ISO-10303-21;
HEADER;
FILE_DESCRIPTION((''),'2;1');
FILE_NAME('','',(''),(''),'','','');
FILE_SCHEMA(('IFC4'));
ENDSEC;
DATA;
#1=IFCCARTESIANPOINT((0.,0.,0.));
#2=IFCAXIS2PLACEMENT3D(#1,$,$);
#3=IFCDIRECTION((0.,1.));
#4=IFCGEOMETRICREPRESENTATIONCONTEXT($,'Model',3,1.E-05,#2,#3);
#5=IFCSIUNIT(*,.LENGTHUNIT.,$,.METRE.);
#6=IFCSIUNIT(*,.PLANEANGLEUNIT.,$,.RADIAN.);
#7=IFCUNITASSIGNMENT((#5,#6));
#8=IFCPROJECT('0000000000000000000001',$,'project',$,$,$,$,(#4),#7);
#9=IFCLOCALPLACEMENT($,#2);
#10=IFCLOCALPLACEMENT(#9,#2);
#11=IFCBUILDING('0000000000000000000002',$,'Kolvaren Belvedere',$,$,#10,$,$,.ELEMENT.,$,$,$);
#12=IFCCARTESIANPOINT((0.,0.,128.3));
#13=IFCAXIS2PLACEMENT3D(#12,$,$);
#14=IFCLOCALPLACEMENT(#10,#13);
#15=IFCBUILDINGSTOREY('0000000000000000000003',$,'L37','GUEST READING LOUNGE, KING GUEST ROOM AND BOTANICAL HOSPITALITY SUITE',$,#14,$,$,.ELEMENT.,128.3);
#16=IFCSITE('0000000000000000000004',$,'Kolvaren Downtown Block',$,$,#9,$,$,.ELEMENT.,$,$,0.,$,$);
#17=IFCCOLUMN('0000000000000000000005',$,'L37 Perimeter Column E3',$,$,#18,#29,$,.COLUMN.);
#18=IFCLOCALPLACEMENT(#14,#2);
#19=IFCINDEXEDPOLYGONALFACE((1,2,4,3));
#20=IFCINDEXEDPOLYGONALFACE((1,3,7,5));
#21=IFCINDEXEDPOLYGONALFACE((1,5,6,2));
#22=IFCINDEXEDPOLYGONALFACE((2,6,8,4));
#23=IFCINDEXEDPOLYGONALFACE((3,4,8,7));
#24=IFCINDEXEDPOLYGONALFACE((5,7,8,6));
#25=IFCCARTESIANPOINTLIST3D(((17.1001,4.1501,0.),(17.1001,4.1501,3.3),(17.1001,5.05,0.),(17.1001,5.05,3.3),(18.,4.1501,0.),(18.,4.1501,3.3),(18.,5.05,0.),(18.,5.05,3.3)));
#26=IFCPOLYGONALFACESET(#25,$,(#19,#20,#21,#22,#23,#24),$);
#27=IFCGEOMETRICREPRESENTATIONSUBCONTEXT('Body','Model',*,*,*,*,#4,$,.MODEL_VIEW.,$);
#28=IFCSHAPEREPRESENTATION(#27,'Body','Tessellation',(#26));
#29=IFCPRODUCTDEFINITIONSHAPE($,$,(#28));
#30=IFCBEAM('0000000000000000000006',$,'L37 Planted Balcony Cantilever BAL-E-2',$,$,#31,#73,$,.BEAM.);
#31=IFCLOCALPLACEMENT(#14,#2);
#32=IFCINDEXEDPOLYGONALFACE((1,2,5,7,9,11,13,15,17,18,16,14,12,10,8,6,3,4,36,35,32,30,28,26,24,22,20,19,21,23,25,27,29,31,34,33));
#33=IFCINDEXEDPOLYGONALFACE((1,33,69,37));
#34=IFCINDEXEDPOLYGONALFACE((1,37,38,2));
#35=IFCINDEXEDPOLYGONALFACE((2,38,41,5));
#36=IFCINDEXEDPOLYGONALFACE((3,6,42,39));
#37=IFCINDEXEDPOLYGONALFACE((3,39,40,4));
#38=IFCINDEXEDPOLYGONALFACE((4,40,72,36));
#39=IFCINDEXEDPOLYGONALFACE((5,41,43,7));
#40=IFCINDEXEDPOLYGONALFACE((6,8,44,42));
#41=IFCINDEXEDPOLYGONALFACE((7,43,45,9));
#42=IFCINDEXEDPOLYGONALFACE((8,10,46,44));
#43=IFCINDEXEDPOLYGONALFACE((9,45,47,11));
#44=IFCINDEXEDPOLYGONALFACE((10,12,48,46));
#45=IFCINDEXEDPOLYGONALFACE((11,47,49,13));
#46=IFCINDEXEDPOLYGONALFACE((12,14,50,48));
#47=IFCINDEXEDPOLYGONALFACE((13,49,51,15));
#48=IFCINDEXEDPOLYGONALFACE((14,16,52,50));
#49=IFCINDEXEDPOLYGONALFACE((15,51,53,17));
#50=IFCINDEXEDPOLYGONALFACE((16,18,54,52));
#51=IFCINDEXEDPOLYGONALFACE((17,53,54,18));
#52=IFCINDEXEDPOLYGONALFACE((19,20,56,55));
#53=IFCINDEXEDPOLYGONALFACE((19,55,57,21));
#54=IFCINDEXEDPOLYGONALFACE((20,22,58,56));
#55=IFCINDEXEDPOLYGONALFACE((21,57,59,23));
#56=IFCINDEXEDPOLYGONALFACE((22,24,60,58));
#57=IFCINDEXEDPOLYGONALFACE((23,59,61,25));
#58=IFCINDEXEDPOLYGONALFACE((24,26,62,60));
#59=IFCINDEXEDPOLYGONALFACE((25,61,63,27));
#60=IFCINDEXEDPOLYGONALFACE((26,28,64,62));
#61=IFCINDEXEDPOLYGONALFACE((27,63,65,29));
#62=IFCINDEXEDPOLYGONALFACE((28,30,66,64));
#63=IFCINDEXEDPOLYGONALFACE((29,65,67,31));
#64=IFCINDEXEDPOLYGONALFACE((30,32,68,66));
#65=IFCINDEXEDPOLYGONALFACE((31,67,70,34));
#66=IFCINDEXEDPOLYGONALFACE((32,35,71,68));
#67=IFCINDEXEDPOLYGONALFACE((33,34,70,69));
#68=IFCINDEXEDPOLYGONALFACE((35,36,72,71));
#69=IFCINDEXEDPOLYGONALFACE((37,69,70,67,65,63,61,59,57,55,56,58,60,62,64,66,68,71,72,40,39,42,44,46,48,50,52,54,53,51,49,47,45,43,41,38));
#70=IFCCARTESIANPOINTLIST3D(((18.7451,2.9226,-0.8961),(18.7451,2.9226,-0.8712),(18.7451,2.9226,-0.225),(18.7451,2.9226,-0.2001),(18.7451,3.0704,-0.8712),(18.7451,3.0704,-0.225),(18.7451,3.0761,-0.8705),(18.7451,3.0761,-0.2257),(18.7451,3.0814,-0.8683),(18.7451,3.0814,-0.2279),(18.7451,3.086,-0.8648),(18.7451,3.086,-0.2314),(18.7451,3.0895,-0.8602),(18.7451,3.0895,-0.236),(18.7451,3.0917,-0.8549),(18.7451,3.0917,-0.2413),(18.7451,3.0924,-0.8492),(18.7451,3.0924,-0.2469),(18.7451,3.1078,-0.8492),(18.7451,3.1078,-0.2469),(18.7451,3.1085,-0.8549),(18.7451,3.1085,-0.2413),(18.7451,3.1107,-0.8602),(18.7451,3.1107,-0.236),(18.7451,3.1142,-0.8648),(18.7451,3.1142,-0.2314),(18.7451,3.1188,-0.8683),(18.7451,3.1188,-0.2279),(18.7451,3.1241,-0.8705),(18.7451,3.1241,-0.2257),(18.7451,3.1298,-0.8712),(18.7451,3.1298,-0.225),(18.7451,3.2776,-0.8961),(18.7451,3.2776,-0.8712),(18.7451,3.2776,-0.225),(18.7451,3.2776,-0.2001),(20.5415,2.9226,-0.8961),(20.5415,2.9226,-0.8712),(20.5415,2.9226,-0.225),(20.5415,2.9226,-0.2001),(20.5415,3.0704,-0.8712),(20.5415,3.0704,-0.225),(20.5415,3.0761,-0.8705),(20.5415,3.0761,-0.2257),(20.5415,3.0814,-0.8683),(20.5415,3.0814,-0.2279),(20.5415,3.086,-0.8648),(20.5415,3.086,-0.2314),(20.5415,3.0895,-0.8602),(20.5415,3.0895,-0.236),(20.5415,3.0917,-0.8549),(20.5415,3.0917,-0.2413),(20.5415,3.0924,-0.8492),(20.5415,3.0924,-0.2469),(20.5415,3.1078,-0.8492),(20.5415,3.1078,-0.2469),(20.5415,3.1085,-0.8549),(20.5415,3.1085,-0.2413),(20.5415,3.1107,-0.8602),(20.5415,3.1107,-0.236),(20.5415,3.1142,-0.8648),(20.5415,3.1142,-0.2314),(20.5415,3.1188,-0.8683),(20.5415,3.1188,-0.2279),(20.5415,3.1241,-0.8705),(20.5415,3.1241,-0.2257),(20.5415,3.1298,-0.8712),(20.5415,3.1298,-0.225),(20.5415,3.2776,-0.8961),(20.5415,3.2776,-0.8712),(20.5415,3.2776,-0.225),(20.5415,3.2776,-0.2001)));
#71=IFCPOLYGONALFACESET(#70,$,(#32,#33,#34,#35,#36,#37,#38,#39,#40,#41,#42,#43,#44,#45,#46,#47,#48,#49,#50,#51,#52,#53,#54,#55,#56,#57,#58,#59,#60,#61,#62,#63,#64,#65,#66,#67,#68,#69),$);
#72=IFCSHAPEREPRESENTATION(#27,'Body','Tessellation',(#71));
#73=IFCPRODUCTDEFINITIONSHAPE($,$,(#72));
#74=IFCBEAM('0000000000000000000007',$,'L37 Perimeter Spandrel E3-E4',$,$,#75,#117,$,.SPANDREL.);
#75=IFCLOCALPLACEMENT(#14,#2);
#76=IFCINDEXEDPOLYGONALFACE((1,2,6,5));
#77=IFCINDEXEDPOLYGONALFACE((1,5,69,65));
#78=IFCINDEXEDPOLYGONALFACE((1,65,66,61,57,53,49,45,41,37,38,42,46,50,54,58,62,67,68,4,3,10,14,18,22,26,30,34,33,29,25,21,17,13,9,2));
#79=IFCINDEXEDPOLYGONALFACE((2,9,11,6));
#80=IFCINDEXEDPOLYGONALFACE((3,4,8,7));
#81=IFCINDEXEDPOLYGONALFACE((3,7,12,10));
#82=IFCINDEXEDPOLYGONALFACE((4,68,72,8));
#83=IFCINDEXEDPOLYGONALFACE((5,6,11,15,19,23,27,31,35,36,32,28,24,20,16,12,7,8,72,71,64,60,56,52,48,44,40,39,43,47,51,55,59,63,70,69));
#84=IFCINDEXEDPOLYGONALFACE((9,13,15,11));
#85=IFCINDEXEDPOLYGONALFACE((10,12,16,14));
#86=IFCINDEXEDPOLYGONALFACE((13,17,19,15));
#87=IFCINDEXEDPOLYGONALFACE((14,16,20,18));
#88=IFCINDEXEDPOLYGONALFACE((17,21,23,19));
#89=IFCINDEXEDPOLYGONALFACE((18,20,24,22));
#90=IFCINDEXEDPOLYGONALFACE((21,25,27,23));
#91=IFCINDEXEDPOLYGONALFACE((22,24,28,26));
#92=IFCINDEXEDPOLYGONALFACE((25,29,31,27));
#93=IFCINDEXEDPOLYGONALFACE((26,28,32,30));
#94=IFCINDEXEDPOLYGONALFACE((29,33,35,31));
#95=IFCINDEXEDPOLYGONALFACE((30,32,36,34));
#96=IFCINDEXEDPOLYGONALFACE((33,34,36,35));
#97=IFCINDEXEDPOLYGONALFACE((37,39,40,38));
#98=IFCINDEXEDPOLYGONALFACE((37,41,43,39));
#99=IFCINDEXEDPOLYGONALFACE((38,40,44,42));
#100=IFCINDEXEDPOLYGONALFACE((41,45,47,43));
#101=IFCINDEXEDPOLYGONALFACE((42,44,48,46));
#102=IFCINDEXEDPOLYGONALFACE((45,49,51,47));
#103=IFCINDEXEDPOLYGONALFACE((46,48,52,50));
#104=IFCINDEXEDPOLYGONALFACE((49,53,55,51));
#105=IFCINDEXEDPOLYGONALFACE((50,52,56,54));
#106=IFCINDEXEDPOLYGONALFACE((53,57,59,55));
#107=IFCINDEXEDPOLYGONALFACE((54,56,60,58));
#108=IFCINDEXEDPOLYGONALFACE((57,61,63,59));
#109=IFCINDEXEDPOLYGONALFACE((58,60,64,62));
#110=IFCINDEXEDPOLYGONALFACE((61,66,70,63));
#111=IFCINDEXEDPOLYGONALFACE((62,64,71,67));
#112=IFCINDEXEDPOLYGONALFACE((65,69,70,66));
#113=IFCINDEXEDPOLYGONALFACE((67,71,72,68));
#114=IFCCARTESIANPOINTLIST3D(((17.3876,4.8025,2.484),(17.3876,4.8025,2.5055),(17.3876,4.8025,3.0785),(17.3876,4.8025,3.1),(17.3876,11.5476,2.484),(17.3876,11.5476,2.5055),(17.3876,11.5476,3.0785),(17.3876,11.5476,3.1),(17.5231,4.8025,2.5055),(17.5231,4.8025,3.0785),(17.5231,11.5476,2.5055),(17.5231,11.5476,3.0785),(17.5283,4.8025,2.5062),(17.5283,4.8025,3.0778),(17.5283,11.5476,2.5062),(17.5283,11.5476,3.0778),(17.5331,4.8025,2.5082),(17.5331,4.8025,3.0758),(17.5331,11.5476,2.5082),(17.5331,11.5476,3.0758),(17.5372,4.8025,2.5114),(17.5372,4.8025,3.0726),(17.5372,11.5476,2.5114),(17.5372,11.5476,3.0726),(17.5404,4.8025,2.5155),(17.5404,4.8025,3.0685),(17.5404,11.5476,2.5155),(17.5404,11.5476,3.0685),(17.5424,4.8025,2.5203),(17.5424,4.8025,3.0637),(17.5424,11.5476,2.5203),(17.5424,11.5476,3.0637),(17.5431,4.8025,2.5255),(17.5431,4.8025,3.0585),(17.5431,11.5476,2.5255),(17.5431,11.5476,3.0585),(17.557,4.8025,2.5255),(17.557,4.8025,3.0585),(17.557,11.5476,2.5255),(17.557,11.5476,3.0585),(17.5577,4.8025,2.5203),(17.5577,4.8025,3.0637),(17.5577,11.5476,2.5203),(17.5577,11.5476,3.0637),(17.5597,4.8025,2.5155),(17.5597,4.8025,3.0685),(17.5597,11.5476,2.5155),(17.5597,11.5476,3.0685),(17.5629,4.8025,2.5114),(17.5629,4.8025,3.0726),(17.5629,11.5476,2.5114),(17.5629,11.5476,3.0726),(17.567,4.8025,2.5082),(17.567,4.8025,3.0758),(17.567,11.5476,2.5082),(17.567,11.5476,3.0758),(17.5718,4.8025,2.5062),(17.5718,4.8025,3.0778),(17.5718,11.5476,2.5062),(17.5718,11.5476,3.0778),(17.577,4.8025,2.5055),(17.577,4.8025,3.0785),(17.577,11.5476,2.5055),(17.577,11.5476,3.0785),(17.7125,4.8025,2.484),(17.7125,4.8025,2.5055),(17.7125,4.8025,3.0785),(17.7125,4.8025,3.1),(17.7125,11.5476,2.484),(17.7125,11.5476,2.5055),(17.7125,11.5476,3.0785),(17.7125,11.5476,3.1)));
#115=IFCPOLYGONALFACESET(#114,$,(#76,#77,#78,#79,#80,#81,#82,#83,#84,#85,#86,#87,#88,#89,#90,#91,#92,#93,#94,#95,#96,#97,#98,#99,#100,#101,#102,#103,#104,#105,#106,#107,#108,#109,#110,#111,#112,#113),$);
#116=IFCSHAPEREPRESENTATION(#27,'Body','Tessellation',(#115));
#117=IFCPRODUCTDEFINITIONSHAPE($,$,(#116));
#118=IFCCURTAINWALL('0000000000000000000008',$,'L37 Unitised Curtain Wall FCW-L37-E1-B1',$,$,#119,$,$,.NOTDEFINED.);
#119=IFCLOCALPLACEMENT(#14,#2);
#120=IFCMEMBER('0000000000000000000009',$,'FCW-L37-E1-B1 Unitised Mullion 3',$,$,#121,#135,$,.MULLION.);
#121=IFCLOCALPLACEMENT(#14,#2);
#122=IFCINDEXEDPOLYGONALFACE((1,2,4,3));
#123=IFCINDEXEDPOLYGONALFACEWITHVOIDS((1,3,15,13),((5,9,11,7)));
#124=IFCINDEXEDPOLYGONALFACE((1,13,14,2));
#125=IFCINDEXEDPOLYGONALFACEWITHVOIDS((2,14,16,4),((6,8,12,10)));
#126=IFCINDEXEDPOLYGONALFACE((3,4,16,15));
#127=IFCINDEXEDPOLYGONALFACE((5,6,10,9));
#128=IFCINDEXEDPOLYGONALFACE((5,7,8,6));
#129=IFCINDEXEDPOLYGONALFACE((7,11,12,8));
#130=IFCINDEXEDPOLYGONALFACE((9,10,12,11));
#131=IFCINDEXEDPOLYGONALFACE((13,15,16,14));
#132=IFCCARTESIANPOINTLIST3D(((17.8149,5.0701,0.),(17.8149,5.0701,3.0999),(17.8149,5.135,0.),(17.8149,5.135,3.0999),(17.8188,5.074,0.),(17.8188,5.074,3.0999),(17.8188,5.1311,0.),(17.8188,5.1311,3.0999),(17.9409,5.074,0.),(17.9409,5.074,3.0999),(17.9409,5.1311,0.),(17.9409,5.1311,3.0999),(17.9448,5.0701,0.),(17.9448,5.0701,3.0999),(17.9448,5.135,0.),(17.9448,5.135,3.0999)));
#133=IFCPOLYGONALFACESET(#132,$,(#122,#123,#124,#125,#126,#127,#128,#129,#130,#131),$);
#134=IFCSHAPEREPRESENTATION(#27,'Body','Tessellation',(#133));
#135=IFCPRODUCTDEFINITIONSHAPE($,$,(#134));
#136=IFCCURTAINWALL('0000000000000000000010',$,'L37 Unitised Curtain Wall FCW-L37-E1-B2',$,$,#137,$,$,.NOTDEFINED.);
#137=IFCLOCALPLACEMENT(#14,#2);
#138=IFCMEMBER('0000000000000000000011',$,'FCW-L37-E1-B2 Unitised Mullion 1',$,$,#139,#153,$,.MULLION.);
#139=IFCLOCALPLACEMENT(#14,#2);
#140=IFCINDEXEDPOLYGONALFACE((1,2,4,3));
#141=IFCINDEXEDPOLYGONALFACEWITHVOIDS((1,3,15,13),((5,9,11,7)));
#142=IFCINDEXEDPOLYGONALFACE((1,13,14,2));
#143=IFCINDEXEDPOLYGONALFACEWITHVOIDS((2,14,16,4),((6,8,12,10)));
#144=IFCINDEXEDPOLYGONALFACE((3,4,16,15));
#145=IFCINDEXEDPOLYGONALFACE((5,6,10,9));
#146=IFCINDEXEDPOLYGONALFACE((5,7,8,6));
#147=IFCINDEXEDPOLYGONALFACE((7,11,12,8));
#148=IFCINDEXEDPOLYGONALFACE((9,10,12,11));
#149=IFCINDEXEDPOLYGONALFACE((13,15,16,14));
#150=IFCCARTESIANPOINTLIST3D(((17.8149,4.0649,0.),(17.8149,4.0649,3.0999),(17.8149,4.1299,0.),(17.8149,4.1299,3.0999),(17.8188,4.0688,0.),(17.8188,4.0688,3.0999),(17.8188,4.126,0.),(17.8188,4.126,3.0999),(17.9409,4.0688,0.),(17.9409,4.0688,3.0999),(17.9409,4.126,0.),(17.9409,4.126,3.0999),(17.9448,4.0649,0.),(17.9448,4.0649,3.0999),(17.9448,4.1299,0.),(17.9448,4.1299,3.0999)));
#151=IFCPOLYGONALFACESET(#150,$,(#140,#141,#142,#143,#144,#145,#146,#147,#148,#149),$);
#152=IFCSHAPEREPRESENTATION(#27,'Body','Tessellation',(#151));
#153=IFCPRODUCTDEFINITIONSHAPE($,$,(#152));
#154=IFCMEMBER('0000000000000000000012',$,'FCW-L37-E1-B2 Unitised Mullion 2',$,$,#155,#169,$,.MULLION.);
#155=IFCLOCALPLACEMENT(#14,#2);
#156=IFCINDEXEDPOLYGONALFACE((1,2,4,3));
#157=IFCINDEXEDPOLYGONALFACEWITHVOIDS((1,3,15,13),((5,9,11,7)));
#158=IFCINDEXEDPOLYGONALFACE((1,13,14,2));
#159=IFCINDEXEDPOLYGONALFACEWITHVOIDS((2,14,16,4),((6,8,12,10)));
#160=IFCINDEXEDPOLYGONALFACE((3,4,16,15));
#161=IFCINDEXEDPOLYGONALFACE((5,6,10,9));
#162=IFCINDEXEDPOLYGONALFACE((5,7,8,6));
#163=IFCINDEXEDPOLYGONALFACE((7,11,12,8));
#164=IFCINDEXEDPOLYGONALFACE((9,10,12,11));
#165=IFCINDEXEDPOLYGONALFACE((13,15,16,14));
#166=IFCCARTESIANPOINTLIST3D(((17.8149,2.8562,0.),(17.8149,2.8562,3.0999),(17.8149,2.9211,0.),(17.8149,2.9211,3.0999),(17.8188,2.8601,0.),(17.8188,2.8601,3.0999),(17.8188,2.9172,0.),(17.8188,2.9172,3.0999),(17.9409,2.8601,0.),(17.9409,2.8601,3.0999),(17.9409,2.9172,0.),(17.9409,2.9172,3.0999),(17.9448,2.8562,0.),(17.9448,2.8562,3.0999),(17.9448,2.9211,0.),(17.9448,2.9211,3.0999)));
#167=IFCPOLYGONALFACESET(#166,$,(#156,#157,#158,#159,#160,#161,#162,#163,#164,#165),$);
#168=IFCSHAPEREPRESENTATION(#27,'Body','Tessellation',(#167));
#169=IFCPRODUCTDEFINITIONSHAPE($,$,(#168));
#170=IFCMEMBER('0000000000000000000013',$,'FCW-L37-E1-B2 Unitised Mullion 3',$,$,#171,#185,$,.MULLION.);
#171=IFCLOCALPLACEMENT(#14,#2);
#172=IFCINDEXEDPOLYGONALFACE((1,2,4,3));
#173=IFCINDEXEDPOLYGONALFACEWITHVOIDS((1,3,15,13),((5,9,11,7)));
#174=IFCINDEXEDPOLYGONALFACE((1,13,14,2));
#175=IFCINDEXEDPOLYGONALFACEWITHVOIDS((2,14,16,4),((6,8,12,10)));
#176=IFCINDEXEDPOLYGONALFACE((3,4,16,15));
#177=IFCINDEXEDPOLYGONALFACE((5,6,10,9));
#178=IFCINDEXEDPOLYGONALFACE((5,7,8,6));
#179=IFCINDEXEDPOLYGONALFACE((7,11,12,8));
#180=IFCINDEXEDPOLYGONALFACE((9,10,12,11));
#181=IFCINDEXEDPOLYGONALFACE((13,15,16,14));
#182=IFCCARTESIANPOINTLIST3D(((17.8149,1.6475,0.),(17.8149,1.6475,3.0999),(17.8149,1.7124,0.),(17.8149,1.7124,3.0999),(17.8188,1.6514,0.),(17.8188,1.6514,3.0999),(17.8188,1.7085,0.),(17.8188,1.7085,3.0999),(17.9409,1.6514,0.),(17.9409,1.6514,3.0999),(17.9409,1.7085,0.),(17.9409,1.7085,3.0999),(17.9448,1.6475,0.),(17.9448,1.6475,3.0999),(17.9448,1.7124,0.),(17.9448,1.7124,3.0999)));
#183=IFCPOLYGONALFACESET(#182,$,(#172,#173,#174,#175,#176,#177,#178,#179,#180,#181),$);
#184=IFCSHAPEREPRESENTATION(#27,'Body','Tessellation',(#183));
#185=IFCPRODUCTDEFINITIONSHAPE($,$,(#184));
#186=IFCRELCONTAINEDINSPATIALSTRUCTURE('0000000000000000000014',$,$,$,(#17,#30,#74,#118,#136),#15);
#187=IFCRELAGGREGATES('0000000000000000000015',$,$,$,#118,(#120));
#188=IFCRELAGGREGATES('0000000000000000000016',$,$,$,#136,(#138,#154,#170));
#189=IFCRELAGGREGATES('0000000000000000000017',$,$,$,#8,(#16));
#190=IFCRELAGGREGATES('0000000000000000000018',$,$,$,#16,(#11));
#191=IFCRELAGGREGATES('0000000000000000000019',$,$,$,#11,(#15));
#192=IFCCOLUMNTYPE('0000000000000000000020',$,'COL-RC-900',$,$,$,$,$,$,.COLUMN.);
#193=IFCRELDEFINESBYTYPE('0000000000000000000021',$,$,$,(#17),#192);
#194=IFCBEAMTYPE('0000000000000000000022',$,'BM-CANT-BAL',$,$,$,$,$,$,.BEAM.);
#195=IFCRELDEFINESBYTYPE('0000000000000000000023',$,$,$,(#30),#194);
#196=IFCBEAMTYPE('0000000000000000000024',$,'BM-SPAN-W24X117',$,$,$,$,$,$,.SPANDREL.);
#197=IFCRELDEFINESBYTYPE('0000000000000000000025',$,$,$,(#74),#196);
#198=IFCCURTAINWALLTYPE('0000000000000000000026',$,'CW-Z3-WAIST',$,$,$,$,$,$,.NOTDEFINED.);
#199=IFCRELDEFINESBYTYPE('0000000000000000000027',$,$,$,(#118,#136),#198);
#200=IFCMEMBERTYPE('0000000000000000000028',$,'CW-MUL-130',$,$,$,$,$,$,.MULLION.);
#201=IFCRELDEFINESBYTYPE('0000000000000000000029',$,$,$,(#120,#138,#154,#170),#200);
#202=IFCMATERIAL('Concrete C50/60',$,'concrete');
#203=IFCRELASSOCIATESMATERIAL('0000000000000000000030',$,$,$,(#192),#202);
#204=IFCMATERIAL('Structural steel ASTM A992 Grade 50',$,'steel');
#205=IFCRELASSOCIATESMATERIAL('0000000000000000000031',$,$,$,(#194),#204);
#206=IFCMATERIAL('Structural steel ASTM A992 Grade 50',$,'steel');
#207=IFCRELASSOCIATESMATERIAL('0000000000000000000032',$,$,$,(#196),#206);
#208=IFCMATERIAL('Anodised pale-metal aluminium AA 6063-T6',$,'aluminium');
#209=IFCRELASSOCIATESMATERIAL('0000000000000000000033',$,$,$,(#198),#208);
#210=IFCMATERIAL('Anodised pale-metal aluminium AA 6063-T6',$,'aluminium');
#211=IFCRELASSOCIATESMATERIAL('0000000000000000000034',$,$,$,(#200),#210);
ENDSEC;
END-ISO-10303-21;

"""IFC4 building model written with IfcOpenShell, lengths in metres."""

from ifc_helpers import new_model, si_unit, direction, frame, origin, origin_2d, place, context, subcontext, project, spatial, rectangle, hollow_rectangle, i_section, extrude, material, material_profile, profile_set, type_object, element, aggregate, save


model = new_model("IFC4")

# Units and contexts
model_context = context("Model", 3, precision=1e-05, world=origin(), true_north=direction((0.0, 1.0)))
body_context = subcontext(model_context, "Body", "Model", "MODEL_VIEW")
ifc_project = project(units=[si_unit("LENGTHUNIT", "METRE"), si_unit("PLANEANGLEUNIT", "RADIAN")], contexts=[model_context])

# Site, building, storey
site_placement = place(None, origin())
site = spatial("IfcSite", under=ifc_project, at=site_placement, Name="Kolvaren Downtown Block", CompositionType="ELEMENT", RefElevation=0.0)
building_placement = place(site_placement, origin())
building = spatial("IfcBuilding", under=site, at=building_placement, Name="Kolvaren Belvedere", CompositionType="ELEMENT")
storey_placement = place(building_placement, frame((0.0, 0.0, 128.3)))
storey = spatial("IfcBuildingStorey", under=building, at=storey_placement, Name="L37", Description="GUEST READING LOUNGE, KING GUEST ROOM AND BOTANICAL HOSPITALITY SUITE", CompositionType="ELEMENT", Elevation=128.3)

# Column
ifc_material_1 = material(Name="Concrete C50/60", Category="concrete")
ifc_material_profile_1 = material_profile(ifc_material_1, rectangle(XDim=0.8999, YDim=0.8999, at=origin_2d()), Name="RC 900X900")
ifc_profile_set_1 = profile_set([ifc_material_profile_1], Name="Concrete C50/60")
column_type = type_object("IfcColumnType", Name="COL-RC-900", PredefinedType="COLUMN", material=ifc_profile_set_1)
column_placement = place(storey_placement, frame((17.55, 4.6001, 0.0), z_axis=(0.0, 0.0, 1.0), x_axis=(1.0, 0.0, 0.0)))
element("IfcColumn", 1, at=column_placement, inside=storey, type_object=column_type, Name="L37 Perimeter Column E3", PredefinedType="COLUMN", context=body_context, shape_type="SweptSolid", body=[
    extrude(rectangle(XDim=0.8999, YDim=0.8999, at=origin_2d()), origin(), (0.0, 0.0, 1.0), 3.3),
])

# Beams
ifc_material_2 = material(Name="Structural steel ASTM A992 Grade 50", Category="steel")
ifc_material_profile_2 = material_profile(ifc_material_2, i_section(OverallWidth=0.355, OverallDepth=0.696, WebThickness=0.0154, FlangeThickness=0.0249, FilletRadius=0.022, at=origin_2d()), Name="W27X146")
ifc_profile_set_2 = profile_set([ifc_material_profile_2], Name="Structural steel ASTM A992 Grade 50")
beam_type_1 = type_object("IfcBeamType", Name="BM-CANT-BAL", PredefinedType="BEAM", material=ifc_profile_set_2)
beam_1_placement = place(storey_placement, frame((18.7451, 3.1001, -0.5481), z_axis=(1.0, 0.0, 0.0), x_axis=(0.0, 1.0, 0.0)))
element("IfcBeam", 2, at=beam_1_placement, inside=storey, type_object=beam_type_1, Name="L37 Planted Balcony Cantilever BAL-E-2", PredefinedType="BEAM", context=body_context, shape_type="SweptSolid", body=[
    extrude(i_section(OverallWidth=0.355, OverallDepth=0.696, WebThickness=0.0154, FlangeThickness=0.0249, FilletRadius=0.022, at=origin_2d()), origin(), (0.0, 0.0, 1.0), 1.7964),
])
ifc_material_3 = material(Name="Structural steel ASTM A992 Grade 50", Category="steel")
ifc_material_profile_3 = material_profile(ifc_material_3, i_section(OverallWidth=0.325, OverallDepth=0.616, WebThickness=0.0139, FlangeThickness=0.0215, FilletRadius=0.02, at=origin_2d()), Name="W24X117")
ifc_profile_set_3 = profile_set([ifc_material_profile_3], Name="Structural steel ASTM A992 Grade 50")
beam_type_2 = type_object("IfcBeamType", Name="BM-SPAN-W24X117", PredefinedType="SPANDREL", material=ifc_profile_set_3)
beam_2_placement = place(storey_placement, frame((17.55, 4.8025, 2.792), z_axis=(0.0, 1.0, 0.0), x_axis=(-1.0, 0.0, 0.0)))
element("IfcBeam", 3, at=beam_2_placement, inside=storey, type_object=beam_type_2, Name="L37 Perimeter Spandrel E3-E4", PredefinedType="SPANDREL", context=body_context, shape_type="SweptSolid", body=[
    extrude(i_section(OverallWidth=0.325, OverallDepth=0.616, WebThickness=0.0139, FlangeThickness=0.0215, FilletRadius=0.02, at=origin_2d()), origin(), (0.0, 0.0, 1.0), 6.7451),
])

# Curtain wall, member
ifc_material_4 = material(Name="Anodised pale-metal aluminium AA 6063-T6", Category="aluminium")
curtain_wall_type = type_object("IfcCurtainWallType", Name="CW-Z3-WAIST", PredefinedType="NOTDEFINED", material=ifc_material_4)
curtain_wall_1_placement = place(storey_placement, origin())
curtain_wall_1 = element("IfcCurtainWall", 4, at=curtain_wall_1_placement, inside=storey, type_object=curtain_wall_type, Name="L37 Unitised Curtain Wall FCW-L37-E1-B1", PredefinedType="NOTDEFINED")
ifc_material_5 = material(Name="Anodised pale-metal aluminium AA 6063-T6", Category="aluminium")
ifc_material_profile_4 = material_profile(ifc_material_5, hollow_rectangle(XDim=0.0649, YDim=0.1299, WallThickness=0.0039, at=origin_2d()), Name="ALU-MUL-130X65")
ifc_profile_set_4 = profile_set([ifc_material_profile_4], Name="Anodised pale-metal aluminium AA 6063-T6")
member_type_1 = type_object("IfcMemberType", Name="CW-MUL-130", PredefinedType="MULLION", material=ifc_profile_set_4)
member_1_placement = place(storey_placement, frame((17.8799, 5.1025, 0.0), z_axis=(0.0, 0.0, 1.0), x_axis=(0.0, 1.0, 0.0)))
member_1 = element("IfcMember", 5, at=member_1_placement, type_object=member_type_1, Name="FCW-L37-E1-B1 Unitised Mullion 3", PredefinedType="MULLION", context=body_context, shape_type="SweptSolid", body=[
    extrude(hollow_rectangle(XDim=0.0649, YDim=0.1299, WallThickness=0.0039, at=origin_2d()), origin(), (0.0, 0.0, 1.0), 3.0999),
])
aggregate(curtain_wall_1, [member_1])

# Curtain wall, members
curtain_wall_2_placement = place(storey_placement, origin())
curtain_wall_2 = element("IfcCurtainWall", 6, at=curtain_wall_2_placement, inside=storey, type_object=curtain_wall_type, Name="L37 Unitised Curtain Wall FCW-L37-E1-B2", PredefinedType="NOTDEFINED")
member_2_placement = place(storey_placement, frame((17.8799, 4.0974, 0.0), z_axis=(0.0, 0.0, 1.0), x_axis=(0.0, 1.0, 0.0)))
member_2 = element("IfcMember", 7, at=member_2_placement, type_object=member_type_1, Name="FCW-L37-E1-B2 Unitised Mullion 1", PredefinedType="MULLION", context=body_context, shape_type="SweptSolid", body=[
    extrude(hollow_rectangle(XDim=0.0649, YDim=0.1299, WallThickness=0.0039, at=origin_2d()), origin(), (0.0, 0.0, 1.0), 3.0999),
])
member_3_placement = place(storey_placement, frame((17.8799, 2.8887, 0.0), z_axis=(0.0, 0.0, 1.0), x_axis=(0.0, 1.0, 0.0)))
member_3 = element("IfcMember", 8, at=member_3_placement, type_object=member_type_1, Name="FCW-L37-E1-B2 Unitised Mullion 2", PredefinedType="MULLION", context=body_context, shape_type="SweptSolid", body=[
    extrude(hollow_rectangle(XDim=0.0649, YDim=0.1299, WallThickness=0.0039, at=origin_2d()), origin(), (0.0, 0.0, 1.0), 3.0999),
])
member_4_placement = place(storey_placement, frame((17.8799, 1.6799, 0.0), z_axis=(0.0, 0.0, 1.0), x_axis=(0.0, 1.0, 0.0)))
member_4 = element("IfcMember", 9, at=member_4_placement, type_object=member_type_1, Name="FCW-L37-E1-B2 Unitised Mullion 3", PredefinedType="MULLION", context=body_context, shape_type="SweptSolid", body=[
    extrude(hollow_rectangle(XDim=0.0649, YDim=0.1299, WallThickness=0.0039, at=origin_2d()), origin(), (0.0, 0.0, 1.0), 3.0999),
])
aggregate(curtain_wall_2, [member_2, member_3, member_4])

save(model, "model.ifc")
